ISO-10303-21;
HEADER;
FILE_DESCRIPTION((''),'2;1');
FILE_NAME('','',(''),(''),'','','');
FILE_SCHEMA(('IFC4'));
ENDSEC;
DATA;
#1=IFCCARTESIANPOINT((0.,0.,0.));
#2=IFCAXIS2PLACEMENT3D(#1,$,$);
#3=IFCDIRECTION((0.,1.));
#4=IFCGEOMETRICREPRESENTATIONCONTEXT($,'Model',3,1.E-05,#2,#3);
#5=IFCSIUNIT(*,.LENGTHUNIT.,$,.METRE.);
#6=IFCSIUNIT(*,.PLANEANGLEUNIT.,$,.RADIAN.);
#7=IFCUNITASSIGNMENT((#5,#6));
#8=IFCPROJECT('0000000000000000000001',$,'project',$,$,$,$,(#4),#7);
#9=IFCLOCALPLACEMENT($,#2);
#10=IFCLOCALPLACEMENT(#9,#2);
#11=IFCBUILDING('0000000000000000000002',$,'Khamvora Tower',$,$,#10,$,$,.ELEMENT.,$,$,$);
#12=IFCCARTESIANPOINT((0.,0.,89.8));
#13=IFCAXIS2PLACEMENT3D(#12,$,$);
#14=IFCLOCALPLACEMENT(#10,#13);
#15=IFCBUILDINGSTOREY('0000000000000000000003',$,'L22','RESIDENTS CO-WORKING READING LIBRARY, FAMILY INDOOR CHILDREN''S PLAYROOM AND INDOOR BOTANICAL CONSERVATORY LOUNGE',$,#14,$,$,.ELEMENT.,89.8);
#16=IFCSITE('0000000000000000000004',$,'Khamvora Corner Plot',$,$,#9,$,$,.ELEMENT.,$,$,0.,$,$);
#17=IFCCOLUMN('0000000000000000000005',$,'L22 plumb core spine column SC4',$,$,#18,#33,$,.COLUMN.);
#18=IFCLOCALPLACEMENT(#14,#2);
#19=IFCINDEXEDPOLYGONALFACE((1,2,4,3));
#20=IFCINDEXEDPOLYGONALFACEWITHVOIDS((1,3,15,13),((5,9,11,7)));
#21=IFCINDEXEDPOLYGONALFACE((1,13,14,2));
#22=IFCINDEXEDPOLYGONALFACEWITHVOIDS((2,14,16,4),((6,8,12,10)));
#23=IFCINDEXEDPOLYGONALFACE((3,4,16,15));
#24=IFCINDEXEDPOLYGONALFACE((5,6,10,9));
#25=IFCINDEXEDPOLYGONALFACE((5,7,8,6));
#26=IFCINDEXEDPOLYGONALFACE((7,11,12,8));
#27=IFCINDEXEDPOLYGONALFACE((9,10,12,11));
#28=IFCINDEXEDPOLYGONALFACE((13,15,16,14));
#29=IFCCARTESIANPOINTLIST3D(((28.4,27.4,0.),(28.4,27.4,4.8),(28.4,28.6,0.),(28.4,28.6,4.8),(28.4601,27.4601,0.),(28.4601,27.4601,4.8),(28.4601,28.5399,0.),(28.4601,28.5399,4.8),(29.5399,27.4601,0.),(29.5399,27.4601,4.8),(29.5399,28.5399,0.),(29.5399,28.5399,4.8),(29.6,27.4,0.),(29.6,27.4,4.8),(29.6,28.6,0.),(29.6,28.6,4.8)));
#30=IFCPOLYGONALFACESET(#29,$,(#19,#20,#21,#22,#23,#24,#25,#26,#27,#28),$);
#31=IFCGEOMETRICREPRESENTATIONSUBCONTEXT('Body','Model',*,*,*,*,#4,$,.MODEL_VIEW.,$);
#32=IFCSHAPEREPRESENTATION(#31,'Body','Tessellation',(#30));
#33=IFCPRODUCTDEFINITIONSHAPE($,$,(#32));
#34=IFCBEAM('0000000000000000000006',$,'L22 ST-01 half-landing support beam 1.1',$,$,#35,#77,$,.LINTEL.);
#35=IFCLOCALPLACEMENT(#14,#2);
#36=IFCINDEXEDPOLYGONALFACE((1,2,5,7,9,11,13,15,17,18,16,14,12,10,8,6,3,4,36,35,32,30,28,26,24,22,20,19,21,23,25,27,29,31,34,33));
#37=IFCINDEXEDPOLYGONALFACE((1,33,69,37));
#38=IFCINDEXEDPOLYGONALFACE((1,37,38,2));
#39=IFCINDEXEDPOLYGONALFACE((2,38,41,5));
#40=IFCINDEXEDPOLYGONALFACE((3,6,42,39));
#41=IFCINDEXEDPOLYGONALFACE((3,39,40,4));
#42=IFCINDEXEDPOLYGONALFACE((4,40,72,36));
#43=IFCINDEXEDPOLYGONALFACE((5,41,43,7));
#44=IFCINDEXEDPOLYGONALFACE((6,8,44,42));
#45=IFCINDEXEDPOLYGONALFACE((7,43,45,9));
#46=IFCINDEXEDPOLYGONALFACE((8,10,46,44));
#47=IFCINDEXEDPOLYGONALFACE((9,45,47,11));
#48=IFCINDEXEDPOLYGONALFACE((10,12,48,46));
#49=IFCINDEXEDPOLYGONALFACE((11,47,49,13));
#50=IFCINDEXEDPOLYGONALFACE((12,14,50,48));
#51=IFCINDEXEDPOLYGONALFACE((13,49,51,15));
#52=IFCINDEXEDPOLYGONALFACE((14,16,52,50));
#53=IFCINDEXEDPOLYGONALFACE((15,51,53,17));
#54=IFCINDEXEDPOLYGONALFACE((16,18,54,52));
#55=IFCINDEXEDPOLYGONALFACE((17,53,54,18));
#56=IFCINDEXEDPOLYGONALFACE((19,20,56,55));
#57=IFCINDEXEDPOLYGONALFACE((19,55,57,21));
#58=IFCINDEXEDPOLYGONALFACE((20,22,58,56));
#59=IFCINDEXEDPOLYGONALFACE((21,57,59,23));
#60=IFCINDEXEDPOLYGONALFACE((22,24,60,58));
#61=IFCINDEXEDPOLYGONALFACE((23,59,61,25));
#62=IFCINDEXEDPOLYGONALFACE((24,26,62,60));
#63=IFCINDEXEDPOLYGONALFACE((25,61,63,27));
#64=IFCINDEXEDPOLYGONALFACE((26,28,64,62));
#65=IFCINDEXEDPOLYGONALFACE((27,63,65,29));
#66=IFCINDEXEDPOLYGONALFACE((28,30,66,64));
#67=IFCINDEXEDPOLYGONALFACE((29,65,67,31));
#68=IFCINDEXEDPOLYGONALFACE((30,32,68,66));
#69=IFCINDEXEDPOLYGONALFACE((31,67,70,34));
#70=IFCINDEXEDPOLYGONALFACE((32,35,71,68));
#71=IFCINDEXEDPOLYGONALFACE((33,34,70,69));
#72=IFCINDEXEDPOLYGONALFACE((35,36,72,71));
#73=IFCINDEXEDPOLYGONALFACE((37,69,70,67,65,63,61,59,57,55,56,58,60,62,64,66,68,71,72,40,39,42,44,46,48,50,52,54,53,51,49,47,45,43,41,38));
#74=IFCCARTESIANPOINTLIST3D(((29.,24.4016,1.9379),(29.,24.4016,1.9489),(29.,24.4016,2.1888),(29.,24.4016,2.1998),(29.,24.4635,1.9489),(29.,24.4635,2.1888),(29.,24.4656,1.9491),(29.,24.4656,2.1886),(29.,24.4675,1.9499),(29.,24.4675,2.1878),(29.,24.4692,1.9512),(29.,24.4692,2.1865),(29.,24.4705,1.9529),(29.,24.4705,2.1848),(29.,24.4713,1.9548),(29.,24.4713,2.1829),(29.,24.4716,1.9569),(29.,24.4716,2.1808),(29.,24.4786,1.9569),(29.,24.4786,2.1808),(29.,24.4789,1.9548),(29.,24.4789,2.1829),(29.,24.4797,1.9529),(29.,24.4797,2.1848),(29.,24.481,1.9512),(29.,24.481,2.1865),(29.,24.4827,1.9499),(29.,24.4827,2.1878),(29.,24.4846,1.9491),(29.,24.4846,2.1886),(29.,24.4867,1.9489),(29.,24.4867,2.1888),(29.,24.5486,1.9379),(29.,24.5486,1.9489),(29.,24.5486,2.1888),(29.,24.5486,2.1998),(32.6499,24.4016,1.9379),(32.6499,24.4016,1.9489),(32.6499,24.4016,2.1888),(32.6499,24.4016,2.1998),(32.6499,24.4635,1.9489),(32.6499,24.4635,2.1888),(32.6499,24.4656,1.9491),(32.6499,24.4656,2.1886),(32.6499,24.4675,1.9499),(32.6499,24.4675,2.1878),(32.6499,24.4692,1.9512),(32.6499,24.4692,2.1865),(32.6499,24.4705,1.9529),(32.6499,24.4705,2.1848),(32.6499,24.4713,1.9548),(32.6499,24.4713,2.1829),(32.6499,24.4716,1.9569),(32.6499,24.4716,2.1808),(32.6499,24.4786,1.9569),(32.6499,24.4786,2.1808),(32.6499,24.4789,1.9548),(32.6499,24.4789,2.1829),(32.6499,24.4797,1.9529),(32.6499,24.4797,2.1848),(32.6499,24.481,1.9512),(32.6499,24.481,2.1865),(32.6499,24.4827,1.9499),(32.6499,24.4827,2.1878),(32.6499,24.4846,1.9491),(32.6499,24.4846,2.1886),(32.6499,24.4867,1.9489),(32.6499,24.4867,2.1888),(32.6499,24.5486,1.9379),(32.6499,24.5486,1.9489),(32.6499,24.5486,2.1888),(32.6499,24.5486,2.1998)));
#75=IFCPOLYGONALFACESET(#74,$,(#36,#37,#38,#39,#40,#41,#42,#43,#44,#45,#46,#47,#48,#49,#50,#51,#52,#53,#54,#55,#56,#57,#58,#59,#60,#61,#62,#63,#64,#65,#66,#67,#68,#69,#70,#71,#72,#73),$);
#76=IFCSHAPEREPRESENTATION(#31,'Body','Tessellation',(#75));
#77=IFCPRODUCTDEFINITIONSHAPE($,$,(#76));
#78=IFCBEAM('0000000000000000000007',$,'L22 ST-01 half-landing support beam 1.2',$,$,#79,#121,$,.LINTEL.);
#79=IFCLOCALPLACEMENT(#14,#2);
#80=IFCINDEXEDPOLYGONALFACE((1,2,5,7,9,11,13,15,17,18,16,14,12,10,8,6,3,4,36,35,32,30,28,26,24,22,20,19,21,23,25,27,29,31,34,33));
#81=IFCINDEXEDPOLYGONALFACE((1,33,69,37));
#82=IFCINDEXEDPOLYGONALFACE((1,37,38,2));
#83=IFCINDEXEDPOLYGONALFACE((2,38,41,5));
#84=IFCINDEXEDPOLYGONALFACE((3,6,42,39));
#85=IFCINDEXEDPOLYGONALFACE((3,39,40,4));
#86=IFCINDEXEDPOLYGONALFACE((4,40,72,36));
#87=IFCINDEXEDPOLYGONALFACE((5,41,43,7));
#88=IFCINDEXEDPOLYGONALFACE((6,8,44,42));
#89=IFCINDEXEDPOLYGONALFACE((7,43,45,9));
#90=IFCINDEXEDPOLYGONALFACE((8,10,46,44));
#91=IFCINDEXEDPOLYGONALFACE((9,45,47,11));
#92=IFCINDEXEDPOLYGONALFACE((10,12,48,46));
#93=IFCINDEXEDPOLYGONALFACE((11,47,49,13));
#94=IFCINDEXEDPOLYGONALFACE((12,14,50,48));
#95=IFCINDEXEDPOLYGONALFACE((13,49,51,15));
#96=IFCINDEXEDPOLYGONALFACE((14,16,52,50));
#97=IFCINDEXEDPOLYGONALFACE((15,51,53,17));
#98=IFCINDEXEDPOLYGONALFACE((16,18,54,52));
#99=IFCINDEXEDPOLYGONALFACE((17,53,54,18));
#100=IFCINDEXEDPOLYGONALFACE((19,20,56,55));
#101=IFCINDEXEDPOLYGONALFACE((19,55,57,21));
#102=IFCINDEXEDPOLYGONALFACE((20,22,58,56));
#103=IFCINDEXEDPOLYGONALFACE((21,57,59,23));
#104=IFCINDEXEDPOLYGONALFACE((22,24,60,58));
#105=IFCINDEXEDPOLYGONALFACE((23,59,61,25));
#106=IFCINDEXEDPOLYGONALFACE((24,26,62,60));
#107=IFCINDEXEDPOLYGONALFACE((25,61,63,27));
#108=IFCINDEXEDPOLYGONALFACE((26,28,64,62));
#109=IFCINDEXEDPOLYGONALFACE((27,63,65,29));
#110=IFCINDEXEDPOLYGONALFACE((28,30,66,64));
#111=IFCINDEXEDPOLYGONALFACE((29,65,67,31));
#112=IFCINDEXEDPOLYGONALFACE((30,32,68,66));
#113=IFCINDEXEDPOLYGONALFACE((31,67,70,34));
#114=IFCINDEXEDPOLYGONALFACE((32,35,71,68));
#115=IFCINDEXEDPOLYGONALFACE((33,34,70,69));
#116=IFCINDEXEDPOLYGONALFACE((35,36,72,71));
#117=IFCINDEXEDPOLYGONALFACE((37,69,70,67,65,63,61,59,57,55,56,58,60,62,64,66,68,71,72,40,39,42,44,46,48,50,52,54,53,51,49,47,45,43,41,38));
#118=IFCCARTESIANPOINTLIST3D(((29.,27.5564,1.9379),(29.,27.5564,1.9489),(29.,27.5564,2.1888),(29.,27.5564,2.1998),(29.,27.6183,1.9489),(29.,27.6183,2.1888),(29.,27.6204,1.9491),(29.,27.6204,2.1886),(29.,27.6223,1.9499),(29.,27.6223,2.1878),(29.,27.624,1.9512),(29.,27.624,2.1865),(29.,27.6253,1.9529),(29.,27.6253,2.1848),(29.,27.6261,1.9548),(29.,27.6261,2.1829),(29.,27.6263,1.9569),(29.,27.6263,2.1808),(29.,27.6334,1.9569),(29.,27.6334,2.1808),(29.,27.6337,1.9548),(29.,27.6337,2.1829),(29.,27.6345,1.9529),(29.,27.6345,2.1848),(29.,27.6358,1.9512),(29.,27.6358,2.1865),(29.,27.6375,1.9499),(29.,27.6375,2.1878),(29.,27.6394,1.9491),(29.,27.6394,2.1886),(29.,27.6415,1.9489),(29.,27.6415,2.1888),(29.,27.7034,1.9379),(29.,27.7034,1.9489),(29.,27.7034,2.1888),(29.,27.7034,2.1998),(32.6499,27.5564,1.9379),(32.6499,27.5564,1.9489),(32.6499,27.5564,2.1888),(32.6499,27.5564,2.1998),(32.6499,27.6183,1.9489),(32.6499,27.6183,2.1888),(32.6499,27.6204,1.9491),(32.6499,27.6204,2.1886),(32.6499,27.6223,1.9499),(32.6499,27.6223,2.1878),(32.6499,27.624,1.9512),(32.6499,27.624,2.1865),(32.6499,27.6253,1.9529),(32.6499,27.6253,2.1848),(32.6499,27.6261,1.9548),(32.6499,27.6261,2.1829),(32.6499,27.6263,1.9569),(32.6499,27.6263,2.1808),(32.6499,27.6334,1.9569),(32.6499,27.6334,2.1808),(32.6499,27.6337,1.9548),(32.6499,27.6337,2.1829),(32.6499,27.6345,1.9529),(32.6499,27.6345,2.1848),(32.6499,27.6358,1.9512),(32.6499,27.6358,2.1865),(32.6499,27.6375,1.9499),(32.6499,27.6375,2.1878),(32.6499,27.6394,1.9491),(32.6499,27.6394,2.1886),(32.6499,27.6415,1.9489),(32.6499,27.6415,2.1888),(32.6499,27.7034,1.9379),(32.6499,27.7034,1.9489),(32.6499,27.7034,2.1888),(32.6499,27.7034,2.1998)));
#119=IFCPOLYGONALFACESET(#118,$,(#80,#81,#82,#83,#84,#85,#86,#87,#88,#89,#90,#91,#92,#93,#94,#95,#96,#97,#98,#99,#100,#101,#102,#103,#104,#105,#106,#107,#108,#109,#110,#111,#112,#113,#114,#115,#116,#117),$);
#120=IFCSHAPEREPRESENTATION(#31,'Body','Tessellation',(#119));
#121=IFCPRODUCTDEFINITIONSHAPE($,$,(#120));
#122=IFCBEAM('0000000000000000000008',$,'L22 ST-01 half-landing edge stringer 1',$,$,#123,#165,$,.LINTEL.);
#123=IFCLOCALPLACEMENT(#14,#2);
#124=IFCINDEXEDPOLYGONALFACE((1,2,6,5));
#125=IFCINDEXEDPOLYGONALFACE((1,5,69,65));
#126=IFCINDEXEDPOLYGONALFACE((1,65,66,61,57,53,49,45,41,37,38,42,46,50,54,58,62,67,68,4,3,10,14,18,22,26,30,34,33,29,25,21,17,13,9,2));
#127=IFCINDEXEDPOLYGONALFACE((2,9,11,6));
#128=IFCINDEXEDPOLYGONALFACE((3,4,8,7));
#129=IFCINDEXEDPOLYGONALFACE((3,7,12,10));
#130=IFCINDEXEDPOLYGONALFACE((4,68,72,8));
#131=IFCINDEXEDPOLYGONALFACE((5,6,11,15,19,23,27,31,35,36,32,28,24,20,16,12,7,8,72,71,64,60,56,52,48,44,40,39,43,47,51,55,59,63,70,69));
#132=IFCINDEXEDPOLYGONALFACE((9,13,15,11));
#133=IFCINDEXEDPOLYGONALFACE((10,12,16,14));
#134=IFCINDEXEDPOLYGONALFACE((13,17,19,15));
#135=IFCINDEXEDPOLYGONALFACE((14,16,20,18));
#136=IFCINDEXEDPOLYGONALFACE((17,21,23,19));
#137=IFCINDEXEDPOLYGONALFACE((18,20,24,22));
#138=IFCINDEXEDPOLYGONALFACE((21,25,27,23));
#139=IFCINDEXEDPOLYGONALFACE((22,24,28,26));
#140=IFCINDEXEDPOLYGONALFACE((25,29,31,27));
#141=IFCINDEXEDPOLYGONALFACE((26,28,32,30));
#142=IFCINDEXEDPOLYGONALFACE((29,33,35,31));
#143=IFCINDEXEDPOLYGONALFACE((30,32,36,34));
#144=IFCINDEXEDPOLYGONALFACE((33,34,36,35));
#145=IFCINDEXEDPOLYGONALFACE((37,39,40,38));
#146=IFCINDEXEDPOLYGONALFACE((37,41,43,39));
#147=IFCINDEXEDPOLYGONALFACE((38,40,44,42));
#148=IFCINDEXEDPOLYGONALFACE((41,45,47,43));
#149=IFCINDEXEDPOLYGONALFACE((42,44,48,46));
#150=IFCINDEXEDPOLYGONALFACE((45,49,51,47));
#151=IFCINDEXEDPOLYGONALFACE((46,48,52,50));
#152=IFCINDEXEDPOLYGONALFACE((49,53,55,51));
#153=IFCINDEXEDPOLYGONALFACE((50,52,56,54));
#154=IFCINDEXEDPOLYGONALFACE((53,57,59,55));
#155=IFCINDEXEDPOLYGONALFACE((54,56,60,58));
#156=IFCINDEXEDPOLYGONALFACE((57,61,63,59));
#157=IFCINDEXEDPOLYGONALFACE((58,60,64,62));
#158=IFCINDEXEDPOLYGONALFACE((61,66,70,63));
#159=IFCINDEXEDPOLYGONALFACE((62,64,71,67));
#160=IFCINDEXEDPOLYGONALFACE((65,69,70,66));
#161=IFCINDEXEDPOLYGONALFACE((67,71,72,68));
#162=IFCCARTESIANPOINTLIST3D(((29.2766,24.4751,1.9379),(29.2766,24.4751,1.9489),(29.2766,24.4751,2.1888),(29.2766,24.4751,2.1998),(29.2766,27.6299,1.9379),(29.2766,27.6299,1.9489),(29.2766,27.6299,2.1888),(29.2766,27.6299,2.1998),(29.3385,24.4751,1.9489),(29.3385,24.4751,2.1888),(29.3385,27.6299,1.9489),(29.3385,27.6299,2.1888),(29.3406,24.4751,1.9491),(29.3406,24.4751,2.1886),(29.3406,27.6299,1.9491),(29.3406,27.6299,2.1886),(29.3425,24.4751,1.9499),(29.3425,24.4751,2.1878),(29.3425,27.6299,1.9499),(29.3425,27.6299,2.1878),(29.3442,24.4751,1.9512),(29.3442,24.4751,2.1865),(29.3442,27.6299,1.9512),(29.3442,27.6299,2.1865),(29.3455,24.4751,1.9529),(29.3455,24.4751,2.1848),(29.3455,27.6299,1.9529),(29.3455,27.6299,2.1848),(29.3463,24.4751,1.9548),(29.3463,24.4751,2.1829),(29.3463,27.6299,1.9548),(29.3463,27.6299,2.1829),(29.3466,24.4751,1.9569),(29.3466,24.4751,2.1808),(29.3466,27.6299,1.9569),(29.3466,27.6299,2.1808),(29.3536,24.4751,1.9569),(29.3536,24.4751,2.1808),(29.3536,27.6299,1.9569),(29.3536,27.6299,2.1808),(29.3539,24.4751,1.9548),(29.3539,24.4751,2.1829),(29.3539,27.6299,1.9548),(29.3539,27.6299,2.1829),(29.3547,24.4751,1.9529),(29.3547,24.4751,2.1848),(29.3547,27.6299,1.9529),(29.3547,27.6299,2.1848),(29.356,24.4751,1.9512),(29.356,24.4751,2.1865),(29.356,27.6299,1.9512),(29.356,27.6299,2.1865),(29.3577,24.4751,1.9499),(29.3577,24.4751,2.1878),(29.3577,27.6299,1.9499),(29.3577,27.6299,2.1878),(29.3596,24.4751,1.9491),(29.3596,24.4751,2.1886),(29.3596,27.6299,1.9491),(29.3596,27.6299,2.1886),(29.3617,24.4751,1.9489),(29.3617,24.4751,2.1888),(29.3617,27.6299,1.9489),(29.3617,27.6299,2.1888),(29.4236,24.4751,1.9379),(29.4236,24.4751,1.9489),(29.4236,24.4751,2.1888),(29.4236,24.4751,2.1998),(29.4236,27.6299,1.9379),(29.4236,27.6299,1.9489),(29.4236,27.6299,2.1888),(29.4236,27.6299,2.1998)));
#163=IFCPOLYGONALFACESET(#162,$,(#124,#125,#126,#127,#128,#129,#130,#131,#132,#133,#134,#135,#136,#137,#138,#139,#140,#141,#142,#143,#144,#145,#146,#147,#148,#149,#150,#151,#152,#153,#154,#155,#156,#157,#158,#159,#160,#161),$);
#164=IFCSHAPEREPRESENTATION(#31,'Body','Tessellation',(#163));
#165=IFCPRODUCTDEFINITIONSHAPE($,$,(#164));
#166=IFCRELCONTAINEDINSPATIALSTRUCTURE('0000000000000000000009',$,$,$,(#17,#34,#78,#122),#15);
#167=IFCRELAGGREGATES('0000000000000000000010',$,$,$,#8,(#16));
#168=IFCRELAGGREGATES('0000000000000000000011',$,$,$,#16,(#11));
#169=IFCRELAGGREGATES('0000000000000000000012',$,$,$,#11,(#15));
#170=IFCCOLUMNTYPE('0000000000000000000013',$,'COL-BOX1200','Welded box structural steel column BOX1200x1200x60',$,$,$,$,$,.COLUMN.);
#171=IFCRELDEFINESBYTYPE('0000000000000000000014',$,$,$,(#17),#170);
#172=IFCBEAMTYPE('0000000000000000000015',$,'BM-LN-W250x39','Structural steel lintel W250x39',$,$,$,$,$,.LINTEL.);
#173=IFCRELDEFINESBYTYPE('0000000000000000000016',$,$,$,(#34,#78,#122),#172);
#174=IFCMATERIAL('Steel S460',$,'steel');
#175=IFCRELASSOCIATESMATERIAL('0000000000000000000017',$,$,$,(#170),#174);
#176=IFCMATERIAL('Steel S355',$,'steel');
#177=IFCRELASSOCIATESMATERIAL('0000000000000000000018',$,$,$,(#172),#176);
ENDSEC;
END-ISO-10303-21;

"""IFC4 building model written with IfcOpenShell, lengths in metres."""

from ifc_helpers import new_model, si_unit, direction, frame, origin, origin_2d, place, context, subcontext, project, spatial, hollow_rectangle, i_section, extrude, material, material_profile, profile_set, type_object, element, save


model = new_model("IFC4")

# Units and contexts
model_context = context("Model", 3, precision=1e-05, world=origin(), true_north=direction((0.0, 1.0)))
body_context = subcontext(model_context, "Body", "Model", "MODEL_VIEW")
ifc_project = project(units=[si_unit("LENGTHUNIT", "METRE"), si_unit("PLANEANGLEUNIT", "RADIAN")], contexts=[model_context])

# Site, building, storey
site_placement = place(None, origin())
site = spatial("IfcSite", under=ifc_project, at=site_placement, Name="Khamvora Corner Plot", CompositionType="ELEMENT", RefElevation=0.0)
building_placement = place(site_placement, origin())
building = spatial("IfcBuilding", under=site, at=building_placement, Name="Khamvora Tower", CompositionType="ELEMENT")
storey_placement = place(building_placement, frame((0.0, 0.0, 89.8)))
storey = spatial("IfcBuildingStorey", under=building, at=storey_placement, Name="L22", Description="RESIDENTS CO-WORKING READING LIBRARY, FAMILY INDOOR CHILDREN'S PLAYROOM AND INDOOR BOTANICAL CONSERVATORY LOUNGE", CompositionType="ELEMENT", Elevation=89.8)

# Column
ifc_material_1 = material(Name="Steel S460", Category="steel")
ifc_material_profile_1 = material_profile(ifc_material_1, hollow_rectangle(XDim=1.2, YDim=1.2, WallThickness=0.0601, at=origin_2d()), Name="BOX1200x1200x60")
ifc_profile_set_1 = profile_set([ifc_material_profile_1], Name="Steel S460")
column_type = type_object("IfcColumnType", Name="COL-BOX1200", Description="Welded box structural steel column BOX1200x1200x60", PredefinedType="COLUMN", material=ifc_profile_set_1)
column_placement = place(storey_placement, frame((29.0, 28.0, 0.0), z_axis=(0.0, 0.0, 1.0), x_axis=(1.0, 0.0, 0.0)))
element("IfcColumn", 1, at=column_placement, inside=storey, type_object=column_type, Name="L22 plumb core spine column SC4", PredefinedType="COLUMN", context=body_context, shape_type="SweptSolid", body=[
    extrude(hollow_rectangle(XDim=1.2, YDim=1.2, WallThickness=0.0601, at=origin_2d()), origin(), (0.0, 0.0, 1.0), 4.8),
])

# Beams
ifc_material_2 = material(Name="Steel S355", Category="steel")
ifc_material_profile_2 = material_profile(ifc_material_2, i_section(OverallWidth=0.147, OverallDepth=0.262, WebThickness=0.0071, FlangeThickness=0.011, FilletRadius=0.0081, at=origin_2d()), Name="W250x39")
ifc_profile_set_2 = profile_set([ifc_material_profile_2], Name="Steel S355")
beam_type_1 = type_object("IfcBeamType", Name="BM-LN-W250x39", Description="Structural steel lintel W250x39", PredefinedType="LINTEL", material=ifc_profile_set_2)
for number, where, z_axis, x_axis, name in (
    (2, (29.0, 24.4751, 2.0688), (1.0, 0.0, 0.0), (0.0, 1.0, 0.0), "L22 ST-01 half-landing support beam 1.1"),
    (3, (29.0, 27.6299, 2.0688), (1.0, 0.0, 0.0), (0.0, 1.0, 0.0), "L22 ST-01 half-landing support beam 1.2"),
):
    element("IfcBeam", number, at=place(storey_placement, frame(where, z_axis=z_axis, x_axis=x_axis)), inside=storey, type_object=beam_type_1, Name=name, PredefinedType="LINTEL", context=body_context, shape_type="SweptSolid", body=[
        extrude(i_section(OverallWidth=0.147, OverallDepth=0.262, WebThickness=0.0071, FlangeThickness=0.011, FilletRadius=0.0081, at=origin_2d()), origin(), (0.0, 0.0, 1.0), 3.6499),
    ])
beam_1_placement = place(storey_placement, frame((29.3501, 24.4751, 2.0688), z_axis=(0.0, 1.0, 0.0), x_axis=(-1.0, 0.0, 0.0)))
element("IfcBeam", 4, at=beam_1_placement, inside=storey, type_object=beam_type_1, Name="L22 ST-01 half-landing edge stringer 1", PredefinedType="LINTEL", context=body_context, shape_type="SweptSolid", body=[
    extrude(i_section(OverallWidth=0.147, OverallDepth=0.262, WebThickness=0.0071, FlangeThickness=0.011, FilletRadius=0.0081, at=origin_2d()), origin(), (0.0, 0.0, 1.0), 3.1548),
])

save(model, "model.ifc")
